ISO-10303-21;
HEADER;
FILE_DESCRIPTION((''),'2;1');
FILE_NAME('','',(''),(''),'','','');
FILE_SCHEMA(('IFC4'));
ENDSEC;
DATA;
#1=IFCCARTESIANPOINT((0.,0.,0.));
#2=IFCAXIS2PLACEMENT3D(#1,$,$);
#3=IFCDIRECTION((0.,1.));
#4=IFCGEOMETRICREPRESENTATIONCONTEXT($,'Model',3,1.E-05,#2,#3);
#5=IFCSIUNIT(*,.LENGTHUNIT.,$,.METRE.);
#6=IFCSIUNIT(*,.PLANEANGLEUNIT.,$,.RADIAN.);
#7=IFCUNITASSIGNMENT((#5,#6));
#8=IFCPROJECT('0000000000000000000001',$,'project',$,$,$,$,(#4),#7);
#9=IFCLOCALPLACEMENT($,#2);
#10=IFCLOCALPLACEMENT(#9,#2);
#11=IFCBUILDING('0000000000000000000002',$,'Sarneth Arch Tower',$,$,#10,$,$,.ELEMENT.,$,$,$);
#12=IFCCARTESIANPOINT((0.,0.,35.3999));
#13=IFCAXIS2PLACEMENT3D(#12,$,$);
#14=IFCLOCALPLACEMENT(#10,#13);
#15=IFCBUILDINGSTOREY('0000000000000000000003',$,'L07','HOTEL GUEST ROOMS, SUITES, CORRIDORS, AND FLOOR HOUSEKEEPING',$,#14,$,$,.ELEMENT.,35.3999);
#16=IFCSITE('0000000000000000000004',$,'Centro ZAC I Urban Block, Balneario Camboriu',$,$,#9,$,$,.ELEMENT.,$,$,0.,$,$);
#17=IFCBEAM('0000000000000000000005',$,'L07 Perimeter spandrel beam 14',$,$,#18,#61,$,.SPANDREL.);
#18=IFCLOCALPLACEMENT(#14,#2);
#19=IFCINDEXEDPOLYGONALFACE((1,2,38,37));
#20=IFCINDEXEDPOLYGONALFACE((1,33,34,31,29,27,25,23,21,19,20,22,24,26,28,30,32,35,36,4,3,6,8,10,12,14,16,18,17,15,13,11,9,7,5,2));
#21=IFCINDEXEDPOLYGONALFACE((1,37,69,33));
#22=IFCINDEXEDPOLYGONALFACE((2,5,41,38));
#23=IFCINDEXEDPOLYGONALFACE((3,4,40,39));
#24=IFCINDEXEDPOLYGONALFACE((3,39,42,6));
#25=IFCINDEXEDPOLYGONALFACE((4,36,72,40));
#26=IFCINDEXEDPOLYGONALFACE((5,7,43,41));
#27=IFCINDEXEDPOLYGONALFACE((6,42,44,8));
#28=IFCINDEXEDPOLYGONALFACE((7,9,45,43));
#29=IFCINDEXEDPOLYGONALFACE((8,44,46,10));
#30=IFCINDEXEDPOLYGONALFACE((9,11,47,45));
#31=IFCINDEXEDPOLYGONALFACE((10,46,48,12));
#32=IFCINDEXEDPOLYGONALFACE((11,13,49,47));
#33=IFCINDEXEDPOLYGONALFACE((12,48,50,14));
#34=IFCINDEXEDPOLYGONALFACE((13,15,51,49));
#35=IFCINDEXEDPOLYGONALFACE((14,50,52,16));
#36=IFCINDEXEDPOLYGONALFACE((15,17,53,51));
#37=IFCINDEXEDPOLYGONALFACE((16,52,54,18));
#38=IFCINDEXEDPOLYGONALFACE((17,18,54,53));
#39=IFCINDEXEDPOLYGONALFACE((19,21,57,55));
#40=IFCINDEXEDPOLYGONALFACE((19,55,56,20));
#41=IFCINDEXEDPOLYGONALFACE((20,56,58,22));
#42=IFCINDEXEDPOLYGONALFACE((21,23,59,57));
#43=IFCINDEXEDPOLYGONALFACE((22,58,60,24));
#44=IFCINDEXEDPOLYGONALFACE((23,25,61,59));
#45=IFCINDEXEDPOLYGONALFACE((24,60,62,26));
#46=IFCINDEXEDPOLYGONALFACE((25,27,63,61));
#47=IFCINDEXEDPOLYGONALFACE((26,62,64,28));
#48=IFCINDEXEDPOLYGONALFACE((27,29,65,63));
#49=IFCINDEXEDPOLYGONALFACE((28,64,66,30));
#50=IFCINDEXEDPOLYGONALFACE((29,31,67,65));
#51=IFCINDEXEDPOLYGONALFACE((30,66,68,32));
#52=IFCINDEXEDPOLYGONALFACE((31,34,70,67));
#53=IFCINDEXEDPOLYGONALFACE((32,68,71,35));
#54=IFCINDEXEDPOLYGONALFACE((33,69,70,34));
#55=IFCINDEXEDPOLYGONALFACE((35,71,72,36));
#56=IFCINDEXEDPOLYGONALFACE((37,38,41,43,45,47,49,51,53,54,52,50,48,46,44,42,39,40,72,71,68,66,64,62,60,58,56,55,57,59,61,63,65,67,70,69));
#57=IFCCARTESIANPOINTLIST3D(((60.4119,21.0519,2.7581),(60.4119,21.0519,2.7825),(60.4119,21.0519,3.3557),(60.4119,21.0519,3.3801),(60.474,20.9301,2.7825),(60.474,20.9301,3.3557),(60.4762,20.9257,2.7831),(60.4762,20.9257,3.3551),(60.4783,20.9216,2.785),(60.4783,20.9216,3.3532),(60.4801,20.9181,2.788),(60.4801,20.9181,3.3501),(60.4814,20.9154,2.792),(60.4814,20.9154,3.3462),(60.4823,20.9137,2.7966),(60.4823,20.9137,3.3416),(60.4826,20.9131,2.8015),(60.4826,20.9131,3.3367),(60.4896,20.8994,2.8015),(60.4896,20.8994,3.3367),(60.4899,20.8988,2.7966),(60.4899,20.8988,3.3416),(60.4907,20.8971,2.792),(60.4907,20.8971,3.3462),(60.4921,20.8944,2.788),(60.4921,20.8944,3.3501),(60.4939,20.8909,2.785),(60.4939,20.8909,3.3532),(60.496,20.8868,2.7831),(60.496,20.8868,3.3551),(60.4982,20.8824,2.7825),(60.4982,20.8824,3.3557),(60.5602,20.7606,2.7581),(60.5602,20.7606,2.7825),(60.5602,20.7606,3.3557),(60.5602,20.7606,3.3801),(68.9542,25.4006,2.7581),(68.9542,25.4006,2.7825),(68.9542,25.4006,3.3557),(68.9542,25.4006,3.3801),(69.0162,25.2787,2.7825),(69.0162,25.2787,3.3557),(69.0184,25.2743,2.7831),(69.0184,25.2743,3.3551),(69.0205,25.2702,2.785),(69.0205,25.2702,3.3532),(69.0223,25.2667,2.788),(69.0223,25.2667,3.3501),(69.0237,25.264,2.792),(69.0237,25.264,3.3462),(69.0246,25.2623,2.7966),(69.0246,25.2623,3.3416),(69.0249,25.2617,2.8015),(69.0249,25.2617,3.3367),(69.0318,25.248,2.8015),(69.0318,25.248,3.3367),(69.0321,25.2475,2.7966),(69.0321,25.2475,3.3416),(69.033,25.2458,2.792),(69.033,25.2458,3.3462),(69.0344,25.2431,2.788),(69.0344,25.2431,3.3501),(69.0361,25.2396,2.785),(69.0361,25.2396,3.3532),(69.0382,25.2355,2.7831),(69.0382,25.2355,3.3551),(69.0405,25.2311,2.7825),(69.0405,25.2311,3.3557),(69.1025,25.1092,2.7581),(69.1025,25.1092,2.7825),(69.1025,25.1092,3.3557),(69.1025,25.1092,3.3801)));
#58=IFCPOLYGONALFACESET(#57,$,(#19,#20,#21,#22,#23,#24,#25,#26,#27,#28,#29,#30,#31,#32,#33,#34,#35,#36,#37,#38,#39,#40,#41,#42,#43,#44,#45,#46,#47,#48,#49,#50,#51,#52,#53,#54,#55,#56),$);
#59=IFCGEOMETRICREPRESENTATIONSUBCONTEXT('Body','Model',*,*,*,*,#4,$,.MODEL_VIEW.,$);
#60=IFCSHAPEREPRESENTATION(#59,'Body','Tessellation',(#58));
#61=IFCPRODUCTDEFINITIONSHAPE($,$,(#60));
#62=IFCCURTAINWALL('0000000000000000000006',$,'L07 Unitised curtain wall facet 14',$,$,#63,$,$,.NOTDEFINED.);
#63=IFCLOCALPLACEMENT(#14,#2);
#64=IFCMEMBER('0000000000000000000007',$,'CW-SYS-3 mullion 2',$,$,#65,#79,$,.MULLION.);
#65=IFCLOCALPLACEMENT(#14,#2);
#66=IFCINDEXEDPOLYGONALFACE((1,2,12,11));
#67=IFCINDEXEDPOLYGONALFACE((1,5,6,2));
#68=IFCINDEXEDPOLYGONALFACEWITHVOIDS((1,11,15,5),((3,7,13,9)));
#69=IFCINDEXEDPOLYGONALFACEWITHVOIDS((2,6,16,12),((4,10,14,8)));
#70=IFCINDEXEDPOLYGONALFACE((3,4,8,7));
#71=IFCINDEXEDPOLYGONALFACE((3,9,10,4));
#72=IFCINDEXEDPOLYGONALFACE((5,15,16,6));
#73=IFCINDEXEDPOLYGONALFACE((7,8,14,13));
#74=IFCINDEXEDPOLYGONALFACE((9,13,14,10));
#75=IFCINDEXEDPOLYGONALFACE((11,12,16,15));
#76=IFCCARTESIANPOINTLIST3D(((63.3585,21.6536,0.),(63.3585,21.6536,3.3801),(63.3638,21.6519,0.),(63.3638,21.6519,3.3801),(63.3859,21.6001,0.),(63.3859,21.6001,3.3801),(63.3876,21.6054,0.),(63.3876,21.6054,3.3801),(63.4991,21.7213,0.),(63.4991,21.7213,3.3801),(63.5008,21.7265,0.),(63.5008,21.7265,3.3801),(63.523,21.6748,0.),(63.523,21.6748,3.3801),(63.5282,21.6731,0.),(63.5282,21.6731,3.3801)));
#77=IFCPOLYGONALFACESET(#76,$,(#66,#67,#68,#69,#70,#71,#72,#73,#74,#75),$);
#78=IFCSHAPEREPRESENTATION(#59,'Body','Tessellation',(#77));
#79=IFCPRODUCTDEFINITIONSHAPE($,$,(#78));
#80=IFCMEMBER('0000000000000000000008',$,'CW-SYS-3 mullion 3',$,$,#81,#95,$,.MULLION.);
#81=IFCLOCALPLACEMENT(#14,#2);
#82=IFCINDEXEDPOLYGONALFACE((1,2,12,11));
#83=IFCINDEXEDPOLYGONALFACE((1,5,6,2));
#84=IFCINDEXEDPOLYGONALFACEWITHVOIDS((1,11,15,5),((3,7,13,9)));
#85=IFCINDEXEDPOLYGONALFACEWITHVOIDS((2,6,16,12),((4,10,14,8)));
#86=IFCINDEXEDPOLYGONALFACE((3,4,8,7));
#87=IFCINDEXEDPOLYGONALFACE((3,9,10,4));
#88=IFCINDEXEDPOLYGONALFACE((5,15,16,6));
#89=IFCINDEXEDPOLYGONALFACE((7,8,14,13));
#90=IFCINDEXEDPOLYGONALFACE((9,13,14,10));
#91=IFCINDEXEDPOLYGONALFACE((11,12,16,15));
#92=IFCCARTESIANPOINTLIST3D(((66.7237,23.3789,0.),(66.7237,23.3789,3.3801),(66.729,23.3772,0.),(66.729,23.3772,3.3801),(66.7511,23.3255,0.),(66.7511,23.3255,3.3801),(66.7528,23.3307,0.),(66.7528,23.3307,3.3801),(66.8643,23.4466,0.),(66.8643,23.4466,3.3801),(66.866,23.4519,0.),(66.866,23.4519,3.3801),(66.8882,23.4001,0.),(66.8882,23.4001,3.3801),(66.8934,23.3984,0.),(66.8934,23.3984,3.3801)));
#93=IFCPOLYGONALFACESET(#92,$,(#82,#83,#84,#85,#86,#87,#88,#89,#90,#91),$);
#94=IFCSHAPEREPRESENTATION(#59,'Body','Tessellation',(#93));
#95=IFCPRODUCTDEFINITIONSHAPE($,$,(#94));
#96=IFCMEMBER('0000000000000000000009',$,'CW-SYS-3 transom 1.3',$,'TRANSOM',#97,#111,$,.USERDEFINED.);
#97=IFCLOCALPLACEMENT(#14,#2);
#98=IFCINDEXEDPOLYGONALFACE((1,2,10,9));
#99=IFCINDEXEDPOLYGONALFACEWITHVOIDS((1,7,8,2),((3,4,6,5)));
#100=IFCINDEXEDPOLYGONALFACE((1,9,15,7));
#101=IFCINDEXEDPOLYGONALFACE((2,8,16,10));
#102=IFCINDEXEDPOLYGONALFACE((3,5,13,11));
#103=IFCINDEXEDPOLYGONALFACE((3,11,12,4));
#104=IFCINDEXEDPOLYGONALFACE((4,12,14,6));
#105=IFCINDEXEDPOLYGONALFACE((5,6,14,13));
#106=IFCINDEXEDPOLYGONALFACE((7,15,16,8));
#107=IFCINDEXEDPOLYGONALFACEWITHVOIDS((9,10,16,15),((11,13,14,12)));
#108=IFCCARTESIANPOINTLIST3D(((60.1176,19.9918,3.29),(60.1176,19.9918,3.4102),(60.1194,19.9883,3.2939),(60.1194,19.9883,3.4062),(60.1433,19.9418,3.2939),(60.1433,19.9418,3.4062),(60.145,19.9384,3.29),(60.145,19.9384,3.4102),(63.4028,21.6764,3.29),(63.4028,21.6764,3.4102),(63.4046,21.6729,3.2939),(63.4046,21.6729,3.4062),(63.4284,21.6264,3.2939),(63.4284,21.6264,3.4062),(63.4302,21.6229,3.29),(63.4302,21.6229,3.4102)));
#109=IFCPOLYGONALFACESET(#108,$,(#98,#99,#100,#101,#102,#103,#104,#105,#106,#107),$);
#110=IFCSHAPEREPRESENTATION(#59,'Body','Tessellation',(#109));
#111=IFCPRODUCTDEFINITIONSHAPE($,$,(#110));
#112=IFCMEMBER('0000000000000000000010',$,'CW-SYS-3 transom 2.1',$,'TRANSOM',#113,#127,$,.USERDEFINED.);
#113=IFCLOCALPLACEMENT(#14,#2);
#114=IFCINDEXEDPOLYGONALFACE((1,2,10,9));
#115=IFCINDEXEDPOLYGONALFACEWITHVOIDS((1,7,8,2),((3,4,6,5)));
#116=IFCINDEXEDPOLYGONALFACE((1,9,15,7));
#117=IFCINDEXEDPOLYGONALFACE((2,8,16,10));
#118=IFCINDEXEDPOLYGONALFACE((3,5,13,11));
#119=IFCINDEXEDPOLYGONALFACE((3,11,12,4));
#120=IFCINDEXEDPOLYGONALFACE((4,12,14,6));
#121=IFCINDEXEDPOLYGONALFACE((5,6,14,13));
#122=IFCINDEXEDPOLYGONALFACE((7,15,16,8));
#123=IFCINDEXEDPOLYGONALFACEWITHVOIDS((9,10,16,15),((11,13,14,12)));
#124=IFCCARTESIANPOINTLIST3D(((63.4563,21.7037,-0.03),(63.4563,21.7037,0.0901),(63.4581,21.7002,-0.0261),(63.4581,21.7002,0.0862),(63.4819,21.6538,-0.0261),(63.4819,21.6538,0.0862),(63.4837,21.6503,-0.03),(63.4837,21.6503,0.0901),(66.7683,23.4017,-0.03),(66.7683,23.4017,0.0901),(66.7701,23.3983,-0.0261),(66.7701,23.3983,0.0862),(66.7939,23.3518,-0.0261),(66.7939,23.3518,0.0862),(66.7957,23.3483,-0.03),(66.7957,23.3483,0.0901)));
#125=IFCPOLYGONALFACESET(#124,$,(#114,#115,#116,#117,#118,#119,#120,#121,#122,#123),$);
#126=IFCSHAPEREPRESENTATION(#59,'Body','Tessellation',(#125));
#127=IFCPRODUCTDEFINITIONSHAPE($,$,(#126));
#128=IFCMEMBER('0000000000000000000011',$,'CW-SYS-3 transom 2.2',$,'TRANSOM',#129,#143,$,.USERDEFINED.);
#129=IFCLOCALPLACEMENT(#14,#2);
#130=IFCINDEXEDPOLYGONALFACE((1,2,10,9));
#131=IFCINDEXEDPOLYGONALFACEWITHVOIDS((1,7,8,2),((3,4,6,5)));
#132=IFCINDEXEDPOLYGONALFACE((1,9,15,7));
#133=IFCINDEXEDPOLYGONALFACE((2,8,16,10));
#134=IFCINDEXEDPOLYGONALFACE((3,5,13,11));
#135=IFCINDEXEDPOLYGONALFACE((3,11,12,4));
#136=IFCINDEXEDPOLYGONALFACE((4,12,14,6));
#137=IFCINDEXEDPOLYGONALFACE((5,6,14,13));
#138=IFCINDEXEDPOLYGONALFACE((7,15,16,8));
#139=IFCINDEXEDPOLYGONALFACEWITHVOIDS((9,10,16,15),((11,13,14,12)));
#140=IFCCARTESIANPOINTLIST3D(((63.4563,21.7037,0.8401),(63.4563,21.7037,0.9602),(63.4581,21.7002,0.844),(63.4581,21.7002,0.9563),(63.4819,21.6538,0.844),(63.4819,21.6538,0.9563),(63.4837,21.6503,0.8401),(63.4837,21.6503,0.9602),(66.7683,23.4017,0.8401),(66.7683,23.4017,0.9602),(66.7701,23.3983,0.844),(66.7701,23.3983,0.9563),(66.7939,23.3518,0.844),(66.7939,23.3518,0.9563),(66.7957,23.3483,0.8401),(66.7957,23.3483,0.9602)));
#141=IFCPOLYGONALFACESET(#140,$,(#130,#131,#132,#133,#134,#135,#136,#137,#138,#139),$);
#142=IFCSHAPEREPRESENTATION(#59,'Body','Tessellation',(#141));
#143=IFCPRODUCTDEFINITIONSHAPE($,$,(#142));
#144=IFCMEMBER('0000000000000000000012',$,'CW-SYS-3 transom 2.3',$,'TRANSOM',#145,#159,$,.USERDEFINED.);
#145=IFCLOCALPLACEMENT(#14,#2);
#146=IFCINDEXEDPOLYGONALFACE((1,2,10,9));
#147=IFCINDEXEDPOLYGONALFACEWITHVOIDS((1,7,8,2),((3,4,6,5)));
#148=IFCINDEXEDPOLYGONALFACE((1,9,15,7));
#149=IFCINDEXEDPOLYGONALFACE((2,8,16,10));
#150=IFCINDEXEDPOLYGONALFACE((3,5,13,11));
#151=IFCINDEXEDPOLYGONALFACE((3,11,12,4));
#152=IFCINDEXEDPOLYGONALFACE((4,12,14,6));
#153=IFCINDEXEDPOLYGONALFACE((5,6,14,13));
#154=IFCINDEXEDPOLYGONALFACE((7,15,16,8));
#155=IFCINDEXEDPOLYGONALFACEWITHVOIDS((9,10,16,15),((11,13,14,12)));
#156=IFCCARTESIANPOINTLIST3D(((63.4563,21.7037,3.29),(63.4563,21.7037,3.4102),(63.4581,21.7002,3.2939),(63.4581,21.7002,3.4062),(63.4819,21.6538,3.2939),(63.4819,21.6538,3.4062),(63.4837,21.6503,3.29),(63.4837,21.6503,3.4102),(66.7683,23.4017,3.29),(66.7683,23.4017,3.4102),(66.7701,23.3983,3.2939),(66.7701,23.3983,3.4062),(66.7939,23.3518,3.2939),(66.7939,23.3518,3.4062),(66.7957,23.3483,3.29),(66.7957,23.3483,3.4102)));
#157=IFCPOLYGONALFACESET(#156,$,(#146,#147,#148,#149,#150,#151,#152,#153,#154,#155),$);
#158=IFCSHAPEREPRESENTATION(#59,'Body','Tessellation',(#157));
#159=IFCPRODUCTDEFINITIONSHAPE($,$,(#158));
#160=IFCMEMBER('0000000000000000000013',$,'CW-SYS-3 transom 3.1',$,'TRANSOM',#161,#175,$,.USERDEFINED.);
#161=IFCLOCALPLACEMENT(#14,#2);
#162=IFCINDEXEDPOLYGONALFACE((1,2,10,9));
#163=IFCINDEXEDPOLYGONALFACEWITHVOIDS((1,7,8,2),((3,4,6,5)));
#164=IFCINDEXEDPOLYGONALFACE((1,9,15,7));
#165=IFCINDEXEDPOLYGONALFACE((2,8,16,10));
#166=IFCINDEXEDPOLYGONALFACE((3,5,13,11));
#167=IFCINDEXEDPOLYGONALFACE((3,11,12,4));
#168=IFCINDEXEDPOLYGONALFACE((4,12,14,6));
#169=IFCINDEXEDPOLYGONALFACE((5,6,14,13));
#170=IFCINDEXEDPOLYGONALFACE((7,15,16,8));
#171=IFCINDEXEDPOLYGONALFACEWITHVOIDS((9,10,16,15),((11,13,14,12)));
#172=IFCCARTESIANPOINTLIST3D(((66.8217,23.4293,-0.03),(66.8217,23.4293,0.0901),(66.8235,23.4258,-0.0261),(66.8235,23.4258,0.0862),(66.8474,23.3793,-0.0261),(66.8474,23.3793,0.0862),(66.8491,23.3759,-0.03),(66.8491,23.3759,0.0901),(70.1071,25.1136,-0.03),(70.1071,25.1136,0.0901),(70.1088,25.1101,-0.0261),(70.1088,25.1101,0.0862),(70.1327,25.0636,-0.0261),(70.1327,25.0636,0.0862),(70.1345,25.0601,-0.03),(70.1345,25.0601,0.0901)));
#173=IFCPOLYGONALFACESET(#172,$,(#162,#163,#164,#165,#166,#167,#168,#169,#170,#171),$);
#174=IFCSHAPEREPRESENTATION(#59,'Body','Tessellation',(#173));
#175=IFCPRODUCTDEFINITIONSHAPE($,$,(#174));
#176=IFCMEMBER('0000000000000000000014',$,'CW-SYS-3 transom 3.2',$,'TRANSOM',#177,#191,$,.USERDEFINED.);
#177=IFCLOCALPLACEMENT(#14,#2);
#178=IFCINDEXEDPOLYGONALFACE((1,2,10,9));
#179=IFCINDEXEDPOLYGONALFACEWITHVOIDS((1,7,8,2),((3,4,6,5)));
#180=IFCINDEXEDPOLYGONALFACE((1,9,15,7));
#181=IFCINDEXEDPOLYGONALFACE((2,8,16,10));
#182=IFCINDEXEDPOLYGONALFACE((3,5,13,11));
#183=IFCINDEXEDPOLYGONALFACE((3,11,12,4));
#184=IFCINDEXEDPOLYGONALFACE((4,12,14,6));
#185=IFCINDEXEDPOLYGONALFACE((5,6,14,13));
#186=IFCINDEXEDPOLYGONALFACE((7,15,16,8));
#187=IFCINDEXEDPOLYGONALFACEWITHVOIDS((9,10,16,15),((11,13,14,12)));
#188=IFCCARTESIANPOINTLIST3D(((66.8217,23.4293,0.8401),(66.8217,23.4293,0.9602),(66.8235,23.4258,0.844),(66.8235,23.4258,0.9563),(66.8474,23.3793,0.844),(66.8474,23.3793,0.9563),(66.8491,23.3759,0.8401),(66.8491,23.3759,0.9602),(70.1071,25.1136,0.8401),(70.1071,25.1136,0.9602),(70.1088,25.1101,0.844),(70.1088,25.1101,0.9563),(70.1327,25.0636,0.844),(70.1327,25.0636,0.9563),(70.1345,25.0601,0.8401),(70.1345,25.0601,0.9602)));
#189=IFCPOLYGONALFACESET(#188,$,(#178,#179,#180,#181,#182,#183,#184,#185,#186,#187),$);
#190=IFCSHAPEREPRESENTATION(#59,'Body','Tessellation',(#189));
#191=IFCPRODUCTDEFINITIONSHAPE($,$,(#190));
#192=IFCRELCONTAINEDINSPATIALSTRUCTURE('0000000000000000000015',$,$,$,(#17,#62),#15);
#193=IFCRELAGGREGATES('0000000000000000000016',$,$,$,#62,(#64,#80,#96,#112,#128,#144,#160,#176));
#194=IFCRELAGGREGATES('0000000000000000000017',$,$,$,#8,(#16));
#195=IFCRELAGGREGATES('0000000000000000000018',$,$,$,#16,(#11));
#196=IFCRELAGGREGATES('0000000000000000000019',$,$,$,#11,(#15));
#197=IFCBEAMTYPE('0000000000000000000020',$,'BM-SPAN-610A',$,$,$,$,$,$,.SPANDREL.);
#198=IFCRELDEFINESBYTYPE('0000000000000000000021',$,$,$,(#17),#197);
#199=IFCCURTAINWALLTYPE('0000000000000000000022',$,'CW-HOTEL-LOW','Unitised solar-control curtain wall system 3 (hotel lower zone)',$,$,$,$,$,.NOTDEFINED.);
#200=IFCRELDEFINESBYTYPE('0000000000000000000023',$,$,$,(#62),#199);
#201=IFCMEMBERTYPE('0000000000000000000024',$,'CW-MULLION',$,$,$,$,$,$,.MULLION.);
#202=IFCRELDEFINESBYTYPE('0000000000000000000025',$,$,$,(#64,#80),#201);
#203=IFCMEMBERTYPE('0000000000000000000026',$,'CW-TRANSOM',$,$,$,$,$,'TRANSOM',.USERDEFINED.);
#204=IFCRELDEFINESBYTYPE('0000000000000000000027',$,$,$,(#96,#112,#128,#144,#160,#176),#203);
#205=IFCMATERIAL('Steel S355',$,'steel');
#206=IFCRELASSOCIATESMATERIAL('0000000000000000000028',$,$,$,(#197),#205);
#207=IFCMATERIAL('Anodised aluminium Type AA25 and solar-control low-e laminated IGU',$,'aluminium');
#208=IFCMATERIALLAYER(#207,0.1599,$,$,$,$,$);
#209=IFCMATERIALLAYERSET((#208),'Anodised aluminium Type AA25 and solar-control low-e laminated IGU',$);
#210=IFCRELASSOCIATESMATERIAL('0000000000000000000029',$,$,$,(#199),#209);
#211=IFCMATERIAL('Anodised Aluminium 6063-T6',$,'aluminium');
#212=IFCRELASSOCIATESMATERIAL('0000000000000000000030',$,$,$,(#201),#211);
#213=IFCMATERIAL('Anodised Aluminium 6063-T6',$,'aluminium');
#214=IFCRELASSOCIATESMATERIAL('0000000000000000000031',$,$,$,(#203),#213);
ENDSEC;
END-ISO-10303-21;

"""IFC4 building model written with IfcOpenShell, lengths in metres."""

from ifc_helpers import new_model, si_unit, direction, frame, origin, origin_2d, place, context, subcontext, project, spatial, hollow_rectangle, i_section, extrude, material, layer, layer_set, material_profile, profile_set, type_object, element, aggregate, save


model = new_model("IFC4")

# Units and contexts
model_context = context("Model", 3, precision=1e-05, world=origin(), true_north=direction((0.0, 1.0)))
body_context = subcontext(model_context, "Body", "Model", "MODEL_VIEW")
ifc_project = project(units=[si_unit("LENGTHUNIT", "METRE"), si_unit("PLANEANGLEUNIT", "RADIAN")], contexts=[model_context])

# Site, building, storey
site_placement = place(None, origin())
site = spatial("IfcSite", under=ifc_project, at=site_placement, Name="Centro ZAC I Urban Block, Balneario Camboriu", CompositionType="ELEMENT", RefElevation=0.0)
building_placement = place(site_placement, origin())
building = spatial("IfcBuilding", under=site, at=building_placement, Name="Sarneth Arch Tower", CompositionType="ELEMENT")
storey_placement = place(building_placement, frame((0.0, 0.0, 35.3999)))
storey = spatial("IfcBuildingStorey", under=building, at=storey_placement, Name="L07", Description="HOTEL GUEST ROOMS, SUITES, CORRIDORS, AND FLOOR HOUSEKEEPING", CompositionType="ELEMENT", Elevation=35.3999)

# Beam
ifc_material_1 = material(Name="Steel S355", Category="steel")
ifc_material_profile_1 = material_profile(ifc_material_1, i_section(OverallWidth=0.3269, OverallDepth=0.6221, WebThickness=0.0154, FlangeThickness=0.0244, FilletRadius=0.019, at=origin_2d()), Name="W610x195")
ifc_profile_set_1 = profile_set([ifc_material_profile_1], Name="Steel S355")
beam_type = type_object("IfcBeamType", Name="BM-SPAN-610A", PredefinedType="SPANDREL", material=ifc_profile_set_1)
beam_placement = place(storey_placement, frame((60.4861, 20.9062, 3.0691), z_axis=(0.891169, 0.453671, 0.0), x_axis=(-0.453671, 0.891169, 0.0)))
element("IfcBeam", 1, at=beam_placement, inside=storey, type_object=beam_type, Name="L07 Perimeter spandrel beam 14", PredefinedType="SPANDREL", context=body_context, shape_type="SweptSolid", body=[
    extrude(i_section(OverallWidth=0.3269, OverallDepth=0.6221, WebThickness=0.0154, FlangeThickness=0.0244, FilletRadius=0.019, at=origin_2d()), origin(), (0.0, 0.0, 1.0), 9.5854),
])

# Curtain wall, members
ifc_material_2 = material(Name="Anodised aluminium Type AA25 and solar-control low-e laminated IGU", Category="aluminium")
ifc_layer_1 = layer(ifc_material_2, 0.1599)
ifc_layer_set_1 = layer_set([ifc_layer_1], Name="Anodised aluminium Type AA25 and solar-control low-e laminated IGU")
curtain_wall_type = type_object("IfcCurtainWallType", Name="CW-HOTEL-LOW", Description="Unitised solar-control curtain wall system 3 (hotel lower zone)", PredefinedType="NOTDEFINED", material=ifc_layer_set_1)
curtain_wall_placement = place(storey_placement, origin())
curtain_wall = element("IfcCurtainWall", 2, at=curtain_wall_placement, inside=storey, type_object=curtain_wall_type, Name="L07 Unitised curtain wall facet 14", PredefinedType="NOTDEFINED")
ifc_material_3 = material(Name="Anodised Aluminium 6063-T6", Category="aluminium")
ifc_material_profile_2 = material_profile(ifc_material_3, hollow_rectangle(XDim=0.0601, YDim=0.1599, WallThickness=0.0039, at=origin_2d()), Name="AL-MULL-160x60x4")
ifc_profile_set_2 = profile_set([ifc_material_profile_2], Name="Anodised Aluminium 6063-T6")
member_type_1 = type_object("IfcMemberType", Name="CW-MULLION", PredefinedType="MULLION", material=ifc_profile_set_2)
member_1_placement = place(storey_placement, frame((63.4434, 21.6633, 0.0), z_axis=(0.0, 0.0, 1.0), x_axis=(-0.456245, 0.889854, 0.0)))
member_1 = element("IfcMember", 3, at=member_1_placement, type_object=member_type_1, Name="CW-SYS-3 mullion 2", PredefinedType="MULLION", context=body_context, shape_type="SweptSolid", body=[
    extrude(hollow_rectangle(XDim=0.0601, YDim=0.1599, WallThickness=0.0039, at=origin_2d()), origin(), (0.0, 0.0, 1.0), 3.3801),
])
member_2_placement = place(storey_placement, frame((66.8086, 23.3887, 0.0), z_axis=(0.0, 0.0, 1.0), x_axis=(-0.456245, 0.889854, 0.0)))
member_2 = element("IfcMember", 4, at=member_2_placement, type_object=member_type_1, Name="CW-SYS-3 mullion 3", PredefinedType="MULLION", context=body_context, shape_type="SweptSolid", body=[
    extrude(hollow_rectangle(XDim=0.0601, YDim=0.1599, WallThickness=0.0039, at=origin_2d()), origin(), (0.0, 0.0, 1.0), 3.3801),
])
ifc_material_4 = material(Name="Anodised Aluminium 6063-T6", Category="aluminium")
ifc_material_profile_3 = material_profile(ifc_material_4, hollow_rectangle(XDim=0.0601, YDim=0.1201, WallThickness=0.0039, at=origin_2d()), Name="AL-TRAN-120x60x4")
ifc_profile_set_3 = profile_set([ifc_material_profile_3], Name="Anodised Aluminium 6063-T6")
member_type_2 = type_object("IfcMemberType", Name="CW-TRANSOM", ElementType="TRANSOM", PredefinedType="USERDEFINED", material=ifc_profile_set_3)
member_3_placement = place(storey_placement, frame((60.1313, 19.9651, 3.3501), z_axis=(0.889831, 0.45629, 0.0), x_axis=(-0.45629, 0.889831, 0.0)))
member_3 = element("IfcMember", 5, at=member_3_placement, type_object=member_type_2, Name="CW-SYS-3 transom 1.3", ObjectType="TRANSOM", PredefinedType="USERDEFINED", context=body_context, shape_type="SweptSolid", body=[
    extrude(hollow_rectangle(XDim=0.0601, YDim=0.1201, WallThickness=0.0039, at=origin_2d()), origin(), (0.0, 0.0, 1.0), 3.6919),
])
member_4_placement = place(storey_placement, frame((63.47, 21.677, 0.03), z_axis=(0.889869, 0.456217, 0.0), x_axis=(-0.456217, 0.889869, 0.0)))
member_4 = element("IfcMember", 6, at=member_4_placement, type_object=member_type_2, Name="CW-SYS-3 transom 2.1", ObjectType="TRANSOM", PredefinedType="USERDEFINED", context=body_context, shape_type="SweptSolid", body=[
    extrude(hollow_rectangle(XDim=0.0601, YDim=0.1201, WallThickness=0.0039, at=origin_2d()), origin(), (0.0, 0.0, 1.0), 3.7219),
])
member_5_placement = place(storey_placement, frame((63.47, 21.677, 0.9001), z_axis=(0.889869, 0.456217, 0.0), x_axis=(-0.456217, 0.889869, 0.0)))
member_5 = element("IfcMember", 7, at=member_5_placement, type_object=member_type_2, Name="CW-SYS-3 transom 2.2", ObjectType="TRANSOM", PredefinedType="USERDEFINED", context=body_context, shape_type="SweptSolid", body=[
    extrude(hollow_rectangle(XDim=0.0601, YDim=0.1201, WallThickness=0.0039, at=origin_2d()), origin(), (0.0, 0.0, 1.0), 3.7219),
])
member_6_placement = place(storey_placement, frame((63.47, 21.677, 3.3501), z_axis=(0.889869, 0.456217, 0.0), x_axis=(-0.456217, 0.889869, 0.0)))
member_6 = element("IfcMember", 8, at=member_6_placement, type_object=member_type_2, Name="CW-SYS-3 transom 2.3", ObjectType="TRANSOM", PredefinedType="USERDEFINED", context=body_context, shape_type="SweptSolid", body=[
    extrude(hollow_rectangle(XDim=0.0601, YDim=0.1201, WallThickness=0.0039, at=origin_2d()), origin(), (0.0, 0.0, 1.0), 3.7219),
])
member_7_placement = place(storey_placement, frame((66.8354, 23.4026, 0.03), z_axis=(0.889872, 0.456211, 0.0), x_axis=(-0.456211, 0.889872, 0.0)))
member_7 = element("IfcMember", 9, at=member_7_placement, type_object=member_type_2, Name="CW-SYS-3 transom 3.1", ObjectType="TRANSOM", PredefinedType="USERDEFINED", context=body_context, shape_type="SweptSolid", body=[
    extrude(hollow_rectangle(XDim=0.0601, YDim=0.1201, WallThickness=0.0039, at=origin_2d()), origin(), (0.0, 0.0, 1.0), 3.6919),
])
member_8_placement = place(storey_placement, frame((66.8354, 23.4026, 0.9001), z_axis=(0.889872, 0.456211, 0.0), x_axis=(-0.456211, 0.889872, 0.0)))
member_8 = element("IfcMember", 10, at=member_8_placement, type_object=member_type_2, Name="CW-SYS-3 transom 3.2", ObjectType="TRANSOM", PredefinedType="USERDEFINED", context=body_context, shape_type="SweptSolid", body=[
    extrude(hollow_rectangle(XDim=0.0601, YDim=0.1201, WallThickness=0.0039, at=origin_2d()), origin(), (0.0, 0.0, 1.0), 3.6919),
])
aggregate(curtain_wall, [member_1, member_2, member_3, member_4, member_5, member_6, member_7, member_8])

save(model, "model.ifc")
